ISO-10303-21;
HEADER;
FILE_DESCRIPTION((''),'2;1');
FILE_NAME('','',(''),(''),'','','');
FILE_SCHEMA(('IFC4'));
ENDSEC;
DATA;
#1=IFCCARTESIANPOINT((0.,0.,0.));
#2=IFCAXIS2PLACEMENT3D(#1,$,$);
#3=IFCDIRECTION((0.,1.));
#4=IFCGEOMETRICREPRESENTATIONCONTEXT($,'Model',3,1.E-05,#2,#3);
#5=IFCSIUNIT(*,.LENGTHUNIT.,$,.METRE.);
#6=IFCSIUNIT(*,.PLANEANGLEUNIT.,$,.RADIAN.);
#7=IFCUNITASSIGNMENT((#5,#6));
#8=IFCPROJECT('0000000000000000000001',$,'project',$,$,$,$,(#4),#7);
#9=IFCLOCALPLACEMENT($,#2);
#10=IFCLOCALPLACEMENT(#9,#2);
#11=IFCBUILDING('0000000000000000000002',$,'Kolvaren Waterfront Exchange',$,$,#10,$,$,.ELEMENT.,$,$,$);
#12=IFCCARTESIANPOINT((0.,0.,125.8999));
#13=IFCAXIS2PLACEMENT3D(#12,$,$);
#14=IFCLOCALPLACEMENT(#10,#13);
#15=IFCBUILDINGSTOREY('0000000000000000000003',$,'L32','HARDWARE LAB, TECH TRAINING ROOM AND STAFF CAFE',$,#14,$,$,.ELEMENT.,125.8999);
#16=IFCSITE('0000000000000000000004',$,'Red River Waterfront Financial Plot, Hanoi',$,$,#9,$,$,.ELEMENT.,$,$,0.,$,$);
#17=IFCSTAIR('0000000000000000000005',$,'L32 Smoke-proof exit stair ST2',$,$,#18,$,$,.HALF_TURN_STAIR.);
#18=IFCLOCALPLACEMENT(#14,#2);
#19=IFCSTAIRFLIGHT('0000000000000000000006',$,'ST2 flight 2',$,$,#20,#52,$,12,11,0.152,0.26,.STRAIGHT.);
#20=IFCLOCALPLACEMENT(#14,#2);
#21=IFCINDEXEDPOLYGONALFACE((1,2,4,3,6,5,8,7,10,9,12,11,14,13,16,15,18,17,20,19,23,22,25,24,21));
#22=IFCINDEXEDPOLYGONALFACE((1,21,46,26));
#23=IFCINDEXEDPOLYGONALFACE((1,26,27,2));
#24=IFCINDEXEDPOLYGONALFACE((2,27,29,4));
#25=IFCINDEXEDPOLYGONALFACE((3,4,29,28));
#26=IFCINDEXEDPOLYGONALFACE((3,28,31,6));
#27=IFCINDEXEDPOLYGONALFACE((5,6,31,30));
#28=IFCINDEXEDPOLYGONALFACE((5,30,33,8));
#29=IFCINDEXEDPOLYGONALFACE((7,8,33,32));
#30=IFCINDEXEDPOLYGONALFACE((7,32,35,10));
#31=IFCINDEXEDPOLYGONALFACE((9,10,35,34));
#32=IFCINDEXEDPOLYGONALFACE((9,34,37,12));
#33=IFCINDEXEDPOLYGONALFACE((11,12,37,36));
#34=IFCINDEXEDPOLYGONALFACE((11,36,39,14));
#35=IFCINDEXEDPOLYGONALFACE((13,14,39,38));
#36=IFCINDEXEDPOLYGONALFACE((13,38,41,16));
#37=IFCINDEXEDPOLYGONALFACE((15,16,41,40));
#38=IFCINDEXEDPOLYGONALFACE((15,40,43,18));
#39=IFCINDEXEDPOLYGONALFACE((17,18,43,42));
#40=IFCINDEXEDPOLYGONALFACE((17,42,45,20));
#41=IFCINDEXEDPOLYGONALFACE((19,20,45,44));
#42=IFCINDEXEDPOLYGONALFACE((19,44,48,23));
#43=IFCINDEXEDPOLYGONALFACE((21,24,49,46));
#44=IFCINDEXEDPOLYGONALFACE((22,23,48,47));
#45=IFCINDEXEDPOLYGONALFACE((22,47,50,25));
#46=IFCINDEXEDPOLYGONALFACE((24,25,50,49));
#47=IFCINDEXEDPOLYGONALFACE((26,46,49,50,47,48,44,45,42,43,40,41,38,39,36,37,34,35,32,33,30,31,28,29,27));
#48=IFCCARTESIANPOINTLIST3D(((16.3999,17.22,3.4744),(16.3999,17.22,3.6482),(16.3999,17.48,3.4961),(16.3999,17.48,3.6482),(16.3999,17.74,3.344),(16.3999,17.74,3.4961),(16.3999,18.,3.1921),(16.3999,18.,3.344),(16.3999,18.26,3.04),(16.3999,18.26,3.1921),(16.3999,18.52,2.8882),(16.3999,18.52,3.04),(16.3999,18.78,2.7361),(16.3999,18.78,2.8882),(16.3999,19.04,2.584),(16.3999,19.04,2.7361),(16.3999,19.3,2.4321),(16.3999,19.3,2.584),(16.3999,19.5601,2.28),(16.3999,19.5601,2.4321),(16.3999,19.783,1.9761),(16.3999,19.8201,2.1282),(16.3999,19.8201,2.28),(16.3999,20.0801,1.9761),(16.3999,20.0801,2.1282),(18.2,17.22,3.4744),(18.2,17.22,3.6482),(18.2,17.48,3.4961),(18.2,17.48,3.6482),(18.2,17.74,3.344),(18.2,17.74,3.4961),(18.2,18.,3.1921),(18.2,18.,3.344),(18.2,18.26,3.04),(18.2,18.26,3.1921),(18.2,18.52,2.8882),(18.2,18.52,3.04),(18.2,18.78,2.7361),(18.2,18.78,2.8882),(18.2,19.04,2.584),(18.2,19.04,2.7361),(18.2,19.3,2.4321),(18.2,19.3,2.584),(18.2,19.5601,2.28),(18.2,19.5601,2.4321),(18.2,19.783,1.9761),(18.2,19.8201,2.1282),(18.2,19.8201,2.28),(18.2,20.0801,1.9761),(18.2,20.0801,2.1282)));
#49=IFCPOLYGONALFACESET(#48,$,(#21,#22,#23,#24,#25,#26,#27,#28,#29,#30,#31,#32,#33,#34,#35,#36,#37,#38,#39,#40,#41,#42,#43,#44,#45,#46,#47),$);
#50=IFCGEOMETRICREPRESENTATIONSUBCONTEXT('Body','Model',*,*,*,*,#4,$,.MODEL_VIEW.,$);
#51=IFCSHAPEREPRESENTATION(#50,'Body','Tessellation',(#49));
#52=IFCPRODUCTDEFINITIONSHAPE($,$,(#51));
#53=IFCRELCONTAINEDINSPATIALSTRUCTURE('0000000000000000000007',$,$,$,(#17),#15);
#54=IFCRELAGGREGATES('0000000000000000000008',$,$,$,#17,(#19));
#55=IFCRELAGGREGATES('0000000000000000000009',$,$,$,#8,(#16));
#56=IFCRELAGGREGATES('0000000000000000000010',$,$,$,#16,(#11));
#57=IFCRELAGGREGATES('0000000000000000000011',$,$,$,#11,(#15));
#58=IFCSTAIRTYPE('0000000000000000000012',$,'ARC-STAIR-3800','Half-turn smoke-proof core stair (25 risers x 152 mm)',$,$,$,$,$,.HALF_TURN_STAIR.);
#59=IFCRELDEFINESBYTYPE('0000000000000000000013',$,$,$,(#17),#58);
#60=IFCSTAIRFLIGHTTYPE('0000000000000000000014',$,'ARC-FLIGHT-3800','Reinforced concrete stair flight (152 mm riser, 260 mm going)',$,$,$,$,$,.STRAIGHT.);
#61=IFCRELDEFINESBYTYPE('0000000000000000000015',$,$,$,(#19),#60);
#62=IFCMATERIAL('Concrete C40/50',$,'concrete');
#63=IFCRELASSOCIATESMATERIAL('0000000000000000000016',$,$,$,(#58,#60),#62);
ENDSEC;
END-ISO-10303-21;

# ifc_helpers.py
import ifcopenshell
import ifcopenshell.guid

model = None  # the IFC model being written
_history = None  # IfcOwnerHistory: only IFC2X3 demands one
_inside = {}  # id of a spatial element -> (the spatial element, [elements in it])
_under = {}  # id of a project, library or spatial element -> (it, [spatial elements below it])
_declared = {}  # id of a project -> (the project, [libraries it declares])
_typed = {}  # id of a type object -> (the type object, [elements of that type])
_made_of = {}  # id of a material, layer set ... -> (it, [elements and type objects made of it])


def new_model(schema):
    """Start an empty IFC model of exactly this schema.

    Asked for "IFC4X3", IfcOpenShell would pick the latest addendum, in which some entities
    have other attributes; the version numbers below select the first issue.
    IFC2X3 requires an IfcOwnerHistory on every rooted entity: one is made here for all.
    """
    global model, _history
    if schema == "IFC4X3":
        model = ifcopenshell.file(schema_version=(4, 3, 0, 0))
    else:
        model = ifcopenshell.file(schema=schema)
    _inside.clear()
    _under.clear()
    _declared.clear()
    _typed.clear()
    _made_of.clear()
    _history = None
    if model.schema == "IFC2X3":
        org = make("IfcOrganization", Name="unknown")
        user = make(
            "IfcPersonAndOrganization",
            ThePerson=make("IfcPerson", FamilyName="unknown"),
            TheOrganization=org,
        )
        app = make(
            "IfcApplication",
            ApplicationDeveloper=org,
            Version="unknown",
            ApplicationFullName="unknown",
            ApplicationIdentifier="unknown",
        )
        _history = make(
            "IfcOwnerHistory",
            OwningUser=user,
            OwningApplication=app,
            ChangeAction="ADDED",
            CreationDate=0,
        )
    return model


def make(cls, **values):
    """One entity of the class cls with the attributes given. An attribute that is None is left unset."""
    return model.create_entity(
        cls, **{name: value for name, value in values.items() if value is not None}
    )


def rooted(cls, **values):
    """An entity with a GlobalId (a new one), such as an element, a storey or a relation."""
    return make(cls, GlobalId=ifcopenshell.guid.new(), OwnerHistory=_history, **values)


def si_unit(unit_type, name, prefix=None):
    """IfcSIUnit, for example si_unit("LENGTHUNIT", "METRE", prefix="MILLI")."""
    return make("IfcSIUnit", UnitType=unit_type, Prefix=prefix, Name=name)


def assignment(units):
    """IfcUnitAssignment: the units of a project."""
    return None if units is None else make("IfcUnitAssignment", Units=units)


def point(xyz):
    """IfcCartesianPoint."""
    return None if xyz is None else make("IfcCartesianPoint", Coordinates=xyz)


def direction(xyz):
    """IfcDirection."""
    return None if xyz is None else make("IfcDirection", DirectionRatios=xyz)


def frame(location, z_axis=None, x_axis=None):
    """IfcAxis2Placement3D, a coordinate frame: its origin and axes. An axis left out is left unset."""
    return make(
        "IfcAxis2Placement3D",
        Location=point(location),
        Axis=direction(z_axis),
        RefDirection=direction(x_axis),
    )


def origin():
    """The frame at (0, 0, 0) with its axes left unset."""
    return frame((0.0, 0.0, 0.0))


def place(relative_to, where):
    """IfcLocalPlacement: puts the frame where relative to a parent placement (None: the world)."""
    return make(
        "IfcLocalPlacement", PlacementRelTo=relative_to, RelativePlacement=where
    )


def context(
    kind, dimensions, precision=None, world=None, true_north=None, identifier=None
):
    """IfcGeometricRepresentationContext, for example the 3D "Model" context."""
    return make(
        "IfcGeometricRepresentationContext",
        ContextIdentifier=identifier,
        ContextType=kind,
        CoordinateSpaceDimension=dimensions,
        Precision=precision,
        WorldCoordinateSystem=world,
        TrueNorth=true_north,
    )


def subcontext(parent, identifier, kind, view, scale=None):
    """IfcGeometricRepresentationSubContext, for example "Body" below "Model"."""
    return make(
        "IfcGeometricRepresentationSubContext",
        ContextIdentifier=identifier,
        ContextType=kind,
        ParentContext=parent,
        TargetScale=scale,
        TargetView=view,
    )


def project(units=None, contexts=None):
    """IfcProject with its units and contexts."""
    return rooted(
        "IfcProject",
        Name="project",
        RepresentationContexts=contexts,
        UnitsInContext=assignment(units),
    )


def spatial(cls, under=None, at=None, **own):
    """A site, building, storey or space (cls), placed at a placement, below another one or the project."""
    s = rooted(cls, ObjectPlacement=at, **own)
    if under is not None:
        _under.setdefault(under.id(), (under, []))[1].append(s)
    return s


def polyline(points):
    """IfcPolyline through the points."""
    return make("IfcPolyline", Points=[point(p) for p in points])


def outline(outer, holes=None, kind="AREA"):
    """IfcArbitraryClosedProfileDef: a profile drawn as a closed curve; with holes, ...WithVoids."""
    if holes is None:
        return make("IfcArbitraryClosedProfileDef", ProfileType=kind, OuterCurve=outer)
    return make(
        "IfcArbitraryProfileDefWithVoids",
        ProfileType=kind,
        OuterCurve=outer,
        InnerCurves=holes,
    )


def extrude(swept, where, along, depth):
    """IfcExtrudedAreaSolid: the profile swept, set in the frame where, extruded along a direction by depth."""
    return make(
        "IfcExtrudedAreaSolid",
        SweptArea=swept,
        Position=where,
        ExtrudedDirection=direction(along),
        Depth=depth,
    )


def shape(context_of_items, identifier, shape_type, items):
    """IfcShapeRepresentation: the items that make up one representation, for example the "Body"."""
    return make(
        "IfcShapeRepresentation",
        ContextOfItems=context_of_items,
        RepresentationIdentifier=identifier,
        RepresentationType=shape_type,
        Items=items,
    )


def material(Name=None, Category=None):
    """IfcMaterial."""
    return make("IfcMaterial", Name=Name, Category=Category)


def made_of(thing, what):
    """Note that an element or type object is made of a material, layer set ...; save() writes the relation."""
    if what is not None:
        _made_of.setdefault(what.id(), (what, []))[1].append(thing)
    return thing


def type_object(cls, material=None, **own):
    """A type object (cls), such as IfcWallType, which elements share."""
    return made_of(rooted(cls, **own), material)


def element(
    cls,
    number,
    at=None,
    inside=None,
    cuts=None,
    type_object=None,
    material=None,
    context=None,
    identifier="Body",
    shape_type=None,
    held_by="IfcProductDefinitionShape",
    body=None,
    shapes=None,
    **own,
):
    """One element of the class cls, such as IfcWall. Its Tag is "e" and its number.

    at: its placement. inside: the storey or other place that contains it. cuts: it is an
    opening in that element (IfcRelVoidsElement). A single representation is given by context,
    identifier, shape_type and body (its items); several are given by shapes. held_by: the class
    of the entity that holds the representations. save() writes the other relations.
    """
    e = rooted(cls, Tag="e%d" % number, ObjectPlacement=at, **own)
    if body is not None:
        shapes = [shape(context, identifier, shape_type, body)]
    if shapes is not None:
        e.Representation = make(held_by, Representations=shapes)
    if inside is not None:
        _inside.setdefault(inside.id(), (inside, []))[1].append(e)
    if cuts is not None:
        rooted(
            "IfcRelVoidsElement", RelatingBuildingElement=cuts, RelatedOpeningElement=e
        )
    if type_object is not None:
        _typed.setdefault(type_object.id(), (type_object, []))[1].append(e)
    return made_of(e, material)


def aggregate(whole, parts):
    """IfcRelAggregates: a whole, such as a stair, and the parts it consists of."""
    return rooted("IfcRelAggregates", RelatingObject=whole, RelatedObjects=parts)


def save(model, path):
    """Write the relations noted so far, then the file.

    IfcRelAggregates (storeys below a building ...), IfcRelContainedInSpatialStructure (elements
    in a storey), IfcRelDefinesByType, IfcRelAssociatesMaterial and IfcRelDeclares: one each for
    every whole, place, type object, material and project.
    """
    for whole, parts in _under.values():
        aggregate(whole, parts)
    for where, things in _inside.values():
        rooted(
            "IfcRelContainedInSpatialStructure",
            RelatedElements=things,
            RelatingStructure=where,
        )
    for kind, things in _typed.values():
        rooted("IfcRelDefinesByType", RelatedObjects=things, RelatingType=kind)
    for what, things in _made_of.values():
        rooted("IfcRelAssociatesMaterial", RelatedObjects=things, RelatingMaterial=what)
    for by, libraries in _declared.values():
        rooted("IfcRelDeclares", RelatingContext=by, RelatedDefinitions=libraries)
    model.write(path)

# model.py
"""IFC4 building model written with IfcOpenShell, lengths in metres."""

from ifc_helpers import new_model, si_unit, direction, frame, origin, place, context, subcontext, project, spatial, polyline, outline, extrude, material, type_object, element, aggregate, save


model = new_model("IFC4")

# Units and contexts
model_context = context("Model", 3, precision=1e-05, world=origin(), true_north=direction((0.0, 1.0)))
body_context = subcontext(model_context, "Body", "Model", "MODEL_VIEW")
ifc_project = project(units=[si_unit("LENGTHUNIT", "METRE"), si_unit("PLANEANGLEUNIT", "RADIAN")], contexts=[model_context])

# Site, building, storey
site_placement = place(None, origin())
site = spatial("IfcSite", under=ifc_project, at=site_placement, Name="Red River Waterfront Financial Plot, Hanoi", CompositionType="ELEMENT", RefElevation=0.0)
building_placement = place(site_placement, origin())
building = spatial("IfcBuilding", under=site, at=building_placement, Name="Kolvaren Waterfront Exchange", CompositionType="ELEMENT")
storey_placement = place(building_placement, frame((0.0, 0.0, 125.8999)))
storey = spatial("IfcBuildingStorey", under=building, at=storey_placement, Name="L32", Description="HARDWARE LAB, TECH TRAINING ROOM AND STAFF CAFE", CompositionType="ELEMENT", Elevation=125.8999)

# Stair, stair flight
ifc_material_1 = material(Name="Concrete C40/50", Category="concrete")
stair_type = type_object("IfcStairType", Name="ARC-STAIR-3800", Description="Half-turn smoke-proof core stair (25 risers x 152 mm)", PredefinedType="HALF_TURN_STAIR", material=ifc_material_1)
stair_placement = place(storey_placement, origin())
stair = element("IfcStair", 1, at=stair_placement, inside=storey, type_object=stair_type, Name="L32 Smoke-proof exit stair ST2", PredefinedType="HALF_TURN_STAIR")
stair_flight_type = type_object("IfcStairFlightType", Name="ARC-FLIGHT-3800", Description="Reinforced concrete stair flight (152 mm riser, 260 mm going)", PredefinedType="STRAIGHT", material=ifc_material_1)
stair_flight_placement = place(storey_placement, frame((17.3, 20.0801, 1.9761), z_axis=(0.0, 0.0, 1.0), x_axis=(0.0, -1.0, 0.0)))
stair_flight = element("IfcStairFlight", 2, at=stair_flight_placement, type_object=stair_flight_type, Name="ST2 flight 2", NumberOfRisers=12, NumberOfTreads=11, PredefinedType="STRAIGHT", RiserHeight=0.152, TreadLength=0.26, context=body_context, shape_type="SweptSolid", body=[
    extrude(outline(polyline([(0.0, 0.0), (0.0, 0.1521), (0.26, 0.1521), (0.26, 0.304), (0.52, 0.304), (0.52, 0.4561), (0.78, 0.4561), (0.78, 0.6079), (1.04, 0.6079), (1.04, 0.76), (1.3, 0.76), (1.3, 0.9121), (1.5601, 0.9121), (1.5601, 1.064), (1.8201, 1.064), (1.8201, 1.2161), (2.0801, 1.2161), (2.0801, 1.3679), (2.3401, 1.3679), (2.3401, 1.52), (2.6001, 1.52), (2.6001, 1.6721), (2.8601, 1.6721), (2.8601, 1.824), (2.8601, 1.4983), (0.2971, 0.0), (0.0, 0.0)])), frame((0.0, 0.8999, 0.0), z_axis=(0.0, -1.0, 0.0), x_axis=(1.0, 0.0, 0.0)), (0.0, 0.0, 1.0), 1.8),
])
aggregate(stair, [stair_flight])

save(model, "model.ifc")
